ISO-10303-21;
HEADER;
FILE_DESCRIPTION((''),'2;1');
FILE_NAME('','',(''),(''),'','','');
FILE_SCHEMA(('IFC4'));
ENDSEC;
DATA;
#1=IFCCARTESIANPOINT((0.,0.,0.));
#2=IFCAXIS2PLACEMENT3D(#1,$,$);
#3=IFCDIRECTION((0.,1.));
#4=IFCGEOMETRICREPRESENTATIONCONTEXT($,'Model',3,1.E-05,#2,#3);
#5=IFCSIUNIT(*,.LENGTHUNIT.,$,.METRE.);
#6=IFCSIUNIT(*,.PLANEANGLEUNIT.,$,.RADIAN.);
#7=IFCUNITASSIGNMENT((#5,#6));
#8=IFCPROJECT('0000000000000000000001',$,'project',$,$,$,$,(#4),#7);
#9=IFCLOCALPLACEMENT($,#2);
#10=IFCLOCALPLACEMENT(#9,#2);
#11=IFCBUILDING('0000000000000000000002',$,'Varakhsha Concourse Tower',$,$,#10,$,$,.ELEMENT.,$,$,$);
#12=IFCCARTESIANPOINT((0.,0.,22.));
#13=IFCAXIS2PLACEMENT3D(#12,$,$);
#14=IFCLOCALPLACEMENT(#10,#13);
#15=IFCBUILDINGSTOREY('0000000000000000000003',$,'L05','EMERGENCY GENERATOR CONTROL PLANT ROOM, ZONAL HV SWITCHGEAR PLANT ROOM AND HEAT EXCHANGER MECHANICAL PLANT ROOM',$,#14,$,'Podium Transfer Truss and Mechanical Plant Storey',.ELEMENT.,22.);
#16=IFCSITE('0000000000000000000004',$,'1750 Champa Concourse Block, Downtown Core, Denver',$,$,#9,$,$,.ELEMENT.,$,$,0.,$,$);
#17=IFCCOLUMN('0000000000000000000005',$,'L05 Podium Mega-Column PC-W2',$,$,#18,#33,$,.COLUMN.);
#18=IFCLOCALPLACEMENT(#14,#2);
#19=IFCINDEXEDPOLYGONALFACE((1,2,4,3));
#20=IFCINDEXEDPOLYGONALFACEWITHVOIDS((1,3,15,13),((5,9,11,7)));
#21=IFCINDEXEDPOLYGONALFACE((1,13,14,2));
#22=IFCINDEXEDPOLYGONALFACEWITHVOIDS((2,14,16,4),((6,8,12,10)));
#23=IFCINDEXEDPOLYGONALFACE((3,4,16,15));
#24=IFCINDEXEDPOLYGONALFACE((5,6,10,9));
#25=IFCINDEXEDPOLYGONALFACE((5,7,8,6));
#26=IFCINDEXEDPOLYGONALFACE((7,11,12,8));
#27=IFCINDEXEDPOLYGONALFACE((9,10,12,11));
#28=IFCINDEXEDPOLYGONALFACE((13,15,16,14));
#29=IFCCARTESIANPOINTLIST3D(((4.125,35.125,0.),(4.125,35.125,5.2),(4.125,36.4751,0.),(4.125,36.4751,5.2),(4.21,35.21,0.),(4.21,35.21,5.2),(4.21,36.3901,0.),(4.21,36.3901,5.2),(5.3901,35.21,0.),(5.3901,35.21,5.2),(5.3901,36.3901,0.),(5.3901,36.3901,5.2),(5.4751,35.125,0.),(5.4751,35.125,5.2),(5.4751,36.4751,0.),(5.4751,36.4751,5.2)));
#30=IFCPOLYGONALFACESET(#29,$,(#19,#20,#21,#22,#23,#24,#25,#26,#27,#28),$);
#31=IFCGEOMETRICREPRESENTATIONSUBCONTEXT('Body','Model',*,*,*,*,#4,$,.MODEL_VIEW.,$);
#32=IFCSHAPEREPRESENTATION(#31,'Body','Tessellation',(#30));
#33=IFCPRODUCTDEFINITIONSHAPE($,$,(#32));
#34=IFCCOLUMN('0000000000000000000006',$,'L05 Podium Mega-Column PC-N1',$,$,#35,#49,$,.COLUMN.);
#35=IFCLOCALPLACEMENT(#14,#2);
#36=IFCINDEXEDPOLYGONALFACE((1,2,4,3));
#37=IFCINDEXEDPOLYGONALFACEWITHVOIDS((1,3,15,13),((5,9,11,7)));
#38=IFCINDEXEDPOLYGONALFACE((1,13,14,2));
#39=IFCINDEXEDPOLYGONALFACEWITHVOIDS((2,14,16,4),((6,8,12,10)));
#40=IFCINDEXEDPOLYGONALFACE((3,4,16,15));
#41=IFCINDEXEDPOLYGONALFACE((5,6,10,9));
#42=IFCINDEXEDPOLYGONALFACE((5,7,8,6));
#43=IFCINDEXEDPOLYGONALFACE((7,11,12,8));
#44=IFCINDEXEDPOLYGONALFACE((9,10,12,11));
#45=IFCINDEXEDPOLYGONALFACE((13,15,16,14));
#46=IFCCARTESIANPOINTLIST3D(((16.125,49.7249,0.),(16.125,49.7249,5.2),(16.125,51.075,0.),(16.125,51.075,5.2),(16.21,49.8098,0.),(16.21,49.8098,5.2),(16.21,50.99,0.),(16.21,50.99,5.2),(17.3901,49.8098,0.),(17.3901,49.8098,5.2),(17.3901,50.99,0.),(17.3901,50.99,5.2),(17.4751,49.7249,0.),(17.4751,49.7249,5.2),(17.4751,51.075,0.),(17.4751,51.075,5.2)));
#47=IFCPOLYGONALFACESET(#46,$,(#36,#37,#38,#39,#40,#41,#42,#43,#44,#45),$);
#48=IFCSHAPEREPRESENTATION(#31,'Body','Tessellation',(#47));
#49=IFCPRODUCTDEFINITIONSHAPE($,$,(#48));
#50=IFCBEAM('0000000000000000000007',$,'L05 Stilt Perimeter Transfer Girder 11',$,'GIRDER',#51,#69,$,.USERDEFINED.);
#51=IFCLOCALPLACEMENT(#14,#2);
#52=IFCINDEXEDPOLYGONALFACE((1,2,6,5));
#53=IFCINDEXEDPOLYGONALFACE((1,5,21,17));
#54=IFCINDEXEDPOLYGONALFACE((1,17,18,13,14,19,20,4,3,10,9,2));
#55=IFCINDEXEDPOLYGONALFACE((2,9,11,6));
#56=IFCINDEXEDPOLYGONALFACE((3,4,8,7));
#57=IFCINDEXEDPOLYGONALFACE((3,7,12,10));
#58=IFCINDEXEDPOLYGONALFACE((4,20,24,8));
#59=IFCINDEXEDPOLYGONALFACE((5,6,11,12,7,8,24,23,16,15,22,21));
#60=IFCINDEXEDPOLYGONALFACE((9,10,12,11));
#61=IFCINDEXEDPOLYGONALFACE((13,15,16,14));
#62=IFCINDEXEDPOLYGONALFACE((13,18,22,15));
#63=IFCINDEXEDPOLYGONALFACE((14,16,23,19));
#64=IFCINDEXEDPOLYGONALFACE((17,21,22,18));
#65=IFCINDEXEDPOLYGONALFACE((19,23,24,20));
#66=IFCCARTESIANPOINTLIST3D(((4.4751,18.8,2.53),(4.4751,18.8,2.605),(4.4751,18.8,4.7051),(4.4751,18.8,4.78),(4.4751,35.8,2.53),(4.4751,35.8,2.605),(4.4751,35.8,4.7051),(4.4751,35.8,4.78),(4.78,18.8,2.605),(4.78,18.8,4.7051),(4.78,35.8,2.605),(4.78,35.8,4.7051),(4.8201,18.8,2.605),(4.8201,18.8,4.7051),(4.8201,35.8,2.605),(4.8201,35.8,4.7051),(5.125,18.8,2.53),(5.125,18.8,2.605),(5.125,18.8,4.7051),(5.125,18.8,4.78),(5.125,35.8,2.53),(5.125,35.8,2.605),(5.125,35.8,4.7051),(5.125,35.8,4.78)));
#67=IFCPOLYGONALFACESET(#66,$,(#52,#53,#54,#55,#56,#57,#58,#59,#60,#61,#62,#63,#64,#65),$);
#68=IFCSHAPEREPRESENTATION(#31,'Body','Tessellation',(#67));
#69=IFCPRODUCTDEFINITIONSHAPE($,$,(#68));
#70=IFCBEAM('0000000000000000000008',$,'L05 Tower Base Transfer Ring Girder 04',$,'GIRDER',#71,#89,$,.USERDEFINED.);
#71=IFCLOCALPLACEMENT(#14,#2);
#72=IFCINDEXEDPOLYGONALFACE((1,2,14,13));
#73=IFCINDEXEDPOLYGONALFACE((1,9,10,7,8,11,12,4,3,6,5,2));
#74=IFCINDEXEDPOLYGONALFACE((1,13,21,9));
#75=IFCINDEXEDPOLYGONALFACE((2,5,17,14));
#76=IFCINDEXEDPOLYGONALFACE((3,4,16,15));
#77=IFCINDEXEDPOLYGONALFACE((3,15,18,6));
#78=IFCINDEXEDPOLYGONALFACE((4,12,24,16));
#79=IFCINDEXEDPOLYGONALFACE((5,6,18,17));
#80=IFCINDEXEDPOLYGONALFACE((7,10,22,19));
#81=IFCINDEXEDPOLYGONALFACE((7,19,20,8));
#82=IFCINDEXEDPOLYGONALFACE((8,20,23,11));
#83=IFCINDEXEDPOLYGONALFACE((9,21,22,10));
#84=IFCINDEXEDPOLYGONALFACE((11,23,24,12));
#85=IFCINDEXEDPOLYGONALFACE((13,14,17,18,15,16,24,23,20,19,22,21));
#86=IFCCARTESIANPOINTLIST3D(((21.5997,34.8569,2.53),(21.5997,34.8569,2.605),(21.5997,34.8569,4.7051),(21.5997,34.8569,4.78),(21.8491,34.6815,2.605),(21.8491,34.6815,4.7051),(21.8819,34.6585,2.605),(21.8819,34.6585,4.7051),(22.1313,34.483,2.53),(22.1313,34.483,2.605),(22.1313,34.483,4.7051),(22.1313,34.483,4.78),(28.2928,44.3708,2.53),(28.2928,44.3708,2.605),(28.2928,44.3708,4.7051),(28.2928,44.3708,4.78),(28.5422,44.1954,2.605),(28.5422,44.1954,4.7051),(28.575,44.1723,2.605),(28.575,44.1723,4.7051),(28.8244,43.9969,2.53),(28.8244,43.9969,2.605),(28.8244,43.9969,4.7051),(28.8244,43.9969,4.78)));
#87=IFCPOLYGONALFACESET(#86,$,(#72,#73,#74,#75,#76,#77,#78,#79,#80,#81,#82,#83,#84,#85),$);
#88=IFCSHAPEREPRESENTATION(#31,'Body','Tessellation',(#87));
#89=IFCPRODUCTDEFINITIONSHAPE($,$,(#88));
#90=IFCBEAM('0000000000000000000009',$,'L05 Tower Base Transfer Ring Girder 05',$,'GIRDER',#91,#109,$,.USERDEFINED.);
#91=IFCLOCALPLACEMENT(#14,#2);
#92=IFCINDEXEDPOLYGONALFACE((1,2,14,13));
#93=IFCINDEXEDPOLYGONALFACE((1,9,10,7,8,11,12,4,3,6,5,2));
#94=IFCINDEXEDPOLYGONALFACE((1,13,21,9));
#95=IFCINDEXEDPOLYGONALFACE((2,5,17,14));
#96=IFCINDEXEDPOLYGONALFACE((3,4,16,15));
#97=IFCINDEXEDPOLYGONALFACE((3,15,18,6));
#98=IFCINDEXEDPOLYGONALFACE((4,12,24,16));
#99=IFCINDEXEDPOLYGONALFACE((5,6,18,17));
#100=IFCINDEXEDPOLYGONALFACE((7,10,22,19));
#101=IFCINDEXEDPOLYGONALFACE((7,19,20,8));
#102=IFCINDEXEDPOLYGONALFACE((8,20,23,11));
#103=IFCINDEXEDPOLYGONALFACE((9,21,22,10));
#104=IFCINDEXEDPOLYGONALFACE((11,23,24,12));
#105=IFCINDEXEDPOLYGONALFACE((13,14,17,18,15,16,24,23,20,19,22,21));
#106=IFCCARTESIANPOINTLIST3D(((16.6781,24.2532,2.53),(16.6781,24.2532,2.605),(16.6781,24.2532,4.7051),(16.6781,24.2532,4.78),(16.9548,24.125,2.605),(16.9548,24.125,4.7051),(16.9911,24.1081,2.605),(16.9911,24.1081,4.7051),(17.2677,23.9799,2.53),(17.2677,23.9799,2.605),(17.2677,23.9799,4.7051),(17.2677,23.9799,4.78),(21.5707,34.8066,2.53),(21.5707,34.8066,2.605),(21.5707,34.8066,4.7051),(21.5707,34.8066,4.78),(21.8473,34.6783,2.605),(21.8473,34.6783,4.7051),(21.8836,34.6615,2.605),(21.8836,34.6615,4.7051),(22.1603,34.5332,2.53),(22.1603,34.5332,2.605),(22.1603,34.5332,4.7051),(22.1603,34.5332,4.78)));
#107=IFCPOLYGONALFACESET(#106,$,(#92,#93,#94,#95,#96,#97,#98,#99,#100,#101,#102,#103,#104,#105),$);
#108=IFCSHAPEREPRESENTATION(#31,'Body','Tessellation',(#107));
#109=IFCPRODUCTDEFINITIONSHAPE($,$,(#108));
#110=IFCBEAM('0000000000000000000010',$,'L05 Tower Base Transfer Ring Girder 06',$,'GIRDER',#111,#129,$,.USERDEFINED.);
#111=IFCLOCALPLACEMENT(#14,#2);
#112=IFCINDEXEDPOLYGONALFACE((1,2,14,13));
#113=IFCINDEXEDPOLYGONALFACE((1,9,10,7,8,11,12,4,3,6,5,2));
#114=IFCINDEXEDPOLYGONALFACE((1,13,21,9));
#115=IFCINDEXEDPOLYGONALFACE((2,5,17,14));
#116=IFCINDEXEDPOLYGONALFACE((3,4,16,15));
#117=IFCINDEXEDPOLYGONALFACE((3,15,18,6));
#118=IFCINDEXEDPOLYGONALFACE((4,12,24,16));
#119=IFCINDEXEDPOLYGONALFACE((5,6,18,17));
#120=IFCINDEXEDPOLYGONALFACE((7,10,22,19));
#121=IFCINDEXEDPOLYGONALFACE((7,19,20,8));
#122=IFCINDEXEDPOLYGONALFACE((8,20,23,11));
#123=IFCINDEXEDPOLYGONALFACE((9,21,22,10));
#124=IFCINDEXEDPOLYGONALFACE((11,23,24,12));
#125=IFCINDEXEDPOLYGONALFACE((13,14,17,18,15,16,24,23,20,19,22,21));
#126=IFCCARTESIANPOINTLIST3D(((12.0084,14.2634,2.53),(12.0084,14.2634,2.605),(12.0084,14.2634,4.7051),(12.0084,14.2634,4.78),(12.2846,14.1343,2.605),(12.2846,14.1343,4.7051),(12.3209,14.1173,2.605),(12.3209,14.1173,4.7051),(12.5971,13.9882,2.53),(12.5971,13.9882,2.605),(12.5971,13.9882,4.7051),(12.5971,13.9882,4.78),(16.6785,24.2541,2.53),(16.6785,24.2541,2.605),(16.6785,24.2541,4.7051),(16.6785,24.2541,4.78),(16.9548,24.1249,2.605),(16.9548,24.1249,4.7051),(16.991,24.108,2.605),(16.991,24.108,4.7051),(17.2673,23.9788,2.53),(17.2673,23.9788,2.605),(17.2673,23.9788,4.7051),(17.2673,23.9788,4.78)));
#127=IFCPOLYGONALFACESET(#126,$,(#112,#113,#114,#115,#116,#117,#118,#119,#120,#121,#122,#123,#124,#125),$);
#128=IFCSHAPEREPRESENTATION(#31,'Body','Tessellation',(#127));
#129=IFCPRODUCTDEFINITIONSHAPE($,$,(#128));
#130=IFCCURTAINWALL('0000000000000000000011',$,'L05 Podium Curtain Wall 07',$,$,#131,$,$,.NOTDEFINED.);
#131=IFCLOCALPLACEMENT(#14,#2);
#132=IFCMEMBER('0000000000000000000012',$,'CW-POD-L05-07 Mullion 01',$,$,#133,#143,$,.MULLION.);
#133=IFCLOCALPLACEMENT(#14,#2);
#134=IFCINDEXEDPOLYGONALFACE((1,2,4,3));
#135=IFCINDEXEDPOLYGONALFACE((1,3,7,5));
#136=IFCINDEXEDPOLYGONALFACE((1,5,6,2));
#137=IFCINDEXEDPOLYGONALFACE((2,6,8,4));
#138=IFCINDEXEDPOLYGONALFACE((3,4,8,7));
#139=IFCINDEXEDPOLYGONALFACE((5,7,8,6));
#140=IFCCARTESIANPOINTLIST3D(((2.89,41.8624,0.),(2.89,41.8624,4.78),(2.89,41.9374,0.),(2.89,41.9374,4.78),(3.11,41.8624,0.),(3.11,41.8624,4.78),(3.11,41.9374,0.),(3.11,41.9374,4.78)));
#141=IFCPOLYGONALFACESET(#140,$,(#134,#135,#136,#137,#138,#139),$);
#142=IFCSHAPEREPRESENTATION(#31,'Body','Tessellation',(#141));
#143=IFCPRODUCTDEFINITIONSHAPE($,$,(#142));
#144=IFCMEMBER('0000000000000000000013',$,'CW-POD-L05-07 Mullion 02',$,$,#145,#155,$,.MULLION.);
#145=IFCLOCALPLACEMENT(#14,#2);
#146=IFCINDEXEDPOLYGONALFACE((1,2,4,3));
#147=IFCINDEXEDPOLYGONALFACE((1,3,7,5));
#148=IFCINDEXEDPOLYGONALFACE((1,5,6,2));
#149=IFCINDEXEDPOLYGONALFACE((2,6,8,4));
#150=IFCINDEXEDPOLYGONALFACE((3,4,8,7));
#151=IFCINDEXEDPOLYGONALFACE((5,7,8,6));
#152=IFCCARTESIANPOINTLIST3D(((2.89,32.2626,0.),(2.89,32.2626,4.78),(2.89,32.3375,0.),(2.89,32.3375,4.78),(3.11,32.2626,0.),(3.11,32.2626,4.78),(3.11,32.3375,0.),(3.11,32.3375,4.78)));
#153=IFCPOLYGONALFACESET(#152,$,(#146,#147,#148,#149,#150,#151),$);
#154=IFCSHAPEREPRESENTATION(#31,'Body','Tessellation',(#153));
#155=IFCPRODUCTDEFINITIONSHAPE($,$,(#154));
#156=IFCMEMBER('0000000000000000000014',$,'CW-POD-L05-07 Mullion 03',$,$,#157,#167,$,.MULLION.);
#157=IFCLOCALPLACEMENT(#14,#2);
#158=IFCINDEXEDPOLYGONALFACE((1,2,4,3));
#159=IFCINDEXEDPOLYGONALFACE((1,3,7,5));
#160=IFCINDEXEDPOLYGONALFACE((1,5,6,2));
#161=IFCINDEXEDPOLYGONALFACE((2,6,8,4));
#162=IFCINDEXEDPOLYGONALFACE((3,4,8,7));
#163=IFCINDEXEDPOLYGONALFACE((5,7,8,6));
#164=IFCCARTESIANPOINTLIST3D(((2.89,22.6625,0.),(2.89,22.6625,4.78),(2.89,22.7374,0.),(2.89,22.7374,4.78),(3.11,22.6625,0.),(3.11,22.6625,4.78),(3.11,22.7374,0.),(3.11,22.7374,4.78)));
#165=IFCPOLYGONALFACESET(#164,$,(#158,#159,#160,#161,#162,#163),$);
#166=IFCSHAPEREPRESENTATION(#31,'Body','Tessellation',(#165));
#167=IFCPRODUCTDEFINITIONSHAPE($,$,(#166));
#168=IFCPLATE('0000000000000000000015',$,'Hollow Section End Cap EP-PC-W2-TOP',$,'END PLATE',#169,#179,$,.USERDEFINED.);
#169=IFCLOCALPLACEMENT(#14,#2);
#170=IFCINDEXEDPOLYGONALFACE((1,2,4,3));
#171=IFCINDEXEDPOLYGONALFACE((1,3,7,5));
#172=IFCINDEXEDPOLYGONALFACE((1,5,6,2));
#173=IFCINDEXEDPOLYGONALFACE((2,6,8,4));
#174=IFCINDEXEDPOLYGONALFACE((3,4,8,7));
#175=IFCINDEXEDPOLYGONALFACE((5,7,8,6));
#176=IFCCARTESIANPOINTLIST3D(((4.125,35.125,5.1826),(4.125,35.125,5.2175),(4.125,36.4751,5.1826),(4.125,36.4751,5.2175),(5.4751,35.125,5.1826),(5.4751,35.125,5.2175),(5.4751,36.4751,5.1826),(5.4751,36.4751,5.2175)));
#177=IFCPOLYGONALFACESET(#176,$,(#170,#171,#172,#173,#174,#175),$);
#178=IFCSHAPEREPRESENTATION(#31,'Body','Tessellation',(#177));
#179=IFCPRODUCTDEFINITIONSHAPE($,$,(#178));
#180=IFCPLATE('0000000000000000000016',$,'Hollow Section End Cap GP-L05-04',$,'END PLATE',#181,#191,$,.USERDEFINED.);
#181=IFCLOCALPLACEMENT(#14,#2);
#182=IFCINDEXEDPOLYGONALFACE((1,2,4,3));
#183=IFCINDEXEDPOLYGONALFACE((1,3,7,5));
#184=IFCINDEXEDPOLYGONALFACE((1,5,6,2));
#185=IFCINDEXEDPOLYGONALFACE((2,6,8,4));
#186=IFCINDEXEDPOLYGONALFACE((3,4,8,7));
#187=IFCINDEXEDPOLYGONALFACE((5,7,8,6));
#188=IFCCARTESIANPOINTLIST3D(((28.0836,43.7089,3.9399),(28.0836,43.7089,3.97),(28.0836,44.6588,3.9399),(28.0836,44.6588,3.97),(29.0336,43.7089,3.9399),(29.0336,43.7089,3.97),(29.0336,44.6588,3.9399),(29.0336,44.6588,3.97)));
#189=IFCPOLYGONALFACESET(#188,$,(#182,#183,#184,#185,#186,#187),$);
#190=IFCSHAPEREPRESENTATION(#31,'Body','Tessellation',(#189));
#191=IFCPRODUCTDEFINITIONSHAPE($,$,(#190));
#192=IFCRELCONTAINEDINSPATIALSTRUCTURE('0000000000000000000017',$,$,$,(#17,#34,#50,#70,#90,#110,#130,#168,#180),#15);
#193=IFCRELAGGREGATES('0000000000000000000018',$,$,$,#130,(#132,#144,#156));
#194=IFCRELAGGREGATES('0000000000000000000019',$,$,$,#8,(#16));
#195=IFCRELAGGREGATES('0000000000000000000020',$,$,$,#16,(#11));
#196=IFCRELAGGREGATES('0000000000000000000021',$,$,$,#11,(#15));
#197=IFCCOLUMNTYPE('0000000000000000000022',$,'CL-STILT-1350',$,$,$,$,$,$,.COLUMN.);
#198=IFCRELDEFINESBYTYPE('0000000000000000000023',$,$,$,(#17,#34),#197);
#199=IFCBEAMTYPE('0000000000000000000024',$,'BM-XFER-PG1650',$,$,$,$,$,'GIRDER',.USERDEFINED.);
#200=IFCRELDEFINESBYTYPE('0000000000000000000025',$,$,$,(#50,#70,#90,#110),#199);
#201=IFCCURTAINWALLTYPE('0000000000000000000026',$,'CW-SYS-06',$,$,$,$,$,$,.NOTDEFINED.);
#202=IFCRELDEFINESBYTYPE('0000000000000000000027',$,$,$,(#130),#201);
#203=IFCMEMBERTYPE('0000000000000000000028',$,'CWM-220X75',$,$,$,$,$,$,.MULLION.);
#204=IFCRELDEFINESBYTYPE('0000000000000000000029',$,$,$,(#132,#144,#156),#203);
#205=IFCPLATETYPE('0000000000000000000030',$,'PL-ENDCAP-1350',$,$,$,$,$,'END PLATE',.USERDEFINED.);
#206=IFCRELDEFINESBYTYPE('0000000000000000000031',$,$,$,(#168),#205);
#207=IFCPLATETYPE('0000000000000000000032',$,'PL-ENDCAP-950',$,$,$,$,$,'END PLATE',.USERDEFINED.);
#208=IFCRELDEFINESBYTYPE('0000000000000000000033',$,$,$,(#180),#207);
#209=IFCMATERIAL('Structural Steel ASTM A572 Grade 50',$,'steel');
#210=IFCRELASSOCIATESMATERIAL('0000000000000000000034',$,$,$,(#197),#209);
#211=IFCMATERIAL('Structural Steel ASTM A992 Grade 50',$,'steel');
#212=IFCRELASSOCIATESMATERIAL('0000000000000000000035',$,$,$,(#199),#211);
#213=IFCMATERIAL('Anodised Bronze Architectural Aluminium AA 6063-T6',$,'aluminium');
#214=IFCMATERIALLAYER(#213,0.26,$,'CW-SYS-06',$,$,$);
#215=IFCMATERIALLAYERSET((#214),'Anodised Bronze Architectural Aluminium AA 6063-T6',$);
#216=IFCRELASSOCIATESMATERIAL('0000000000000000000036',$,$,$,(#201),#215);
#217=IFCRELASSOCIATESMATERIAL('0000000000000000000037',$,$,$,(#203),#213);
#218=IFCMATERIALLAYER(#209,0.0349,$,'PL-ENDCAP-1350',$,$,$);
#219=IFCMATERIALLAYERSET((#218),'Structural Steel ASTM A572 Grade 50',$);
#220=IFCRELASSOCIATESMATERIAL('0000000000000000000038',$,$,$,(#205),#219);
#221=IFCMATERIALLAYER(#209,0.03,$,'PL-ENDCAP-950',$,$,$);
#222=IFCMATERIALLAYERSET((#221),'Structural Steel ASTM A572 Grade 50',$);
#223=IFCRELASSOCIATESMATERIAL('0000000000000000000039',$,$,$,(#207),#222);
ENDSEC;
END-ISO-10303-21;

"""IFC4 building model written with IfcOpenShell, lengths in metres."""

from ifc_helpers import new_model, si_unit, direction, frame, origin, origin_2d, place, context, subcontext, project, spatial, rectangle, hollow_rectangle, i_section, extrude, source, transform, mapped, material, layer, layer_set, material_profile, profile_set, type_object, type_shapes, element, aggregate, save


model = new_model("IFC4")

# Units and contexts
model_context = context("Model", 3, precision=1e-05, world=origin(), true_north=direction((0.0, 1.0)))
body_context = subcontext(model_context, "Body", "Model", "MODEL_VIEW")
ifc_project = project(units=[si_unit("LENGTHUNIT", "METRE"), si_unit("PLANEANGLEUNIT", "RADIAN")], contexts=[model_context])

# Site, building, storey
site_placement = place(None, origin())
site = spatial("IfcSite", under=ifc_project, at=site_placement, Name="1750 Champa Concourse Block, Downtown Core, Denver", CompositionType="ELEMENT", RefElevation=0.0)
building_placement = place(site_placement, origin())
building = spatial("IfcBuilding", under=site, at=building_placement, Name="Varakhsha Concourse Tower", CompositionType="ELEMENT")
storey_placement = place(building_placement, frame((0.0, 0.0, 22.0)))
storey = spatial("IfcBuildingStorey", under=building, at=storey_placement, Name="L05", Description="EMERGENCY GENERATOR CONTROL PLANT ROOM, ZONAL HV SWITCHGEAR PLANT ROOM AND HEAT EXCHANGER MECHANICAL PLANT ROOM", LongName="Podium Transfer Truss and Mechanical Plant Storey", CompositionType="ELEMENT", Elevation=22.0)

# Columns
ifc_material_1 = material(Name="Structural Steel ASTM A572 Grade 50", Category="steel")
ifc_material_profile_1 = material_profile(ifc_material_1, hollow_rectangle(XDim=1.3501, YDim=1.3501, WallThickness=0.085, at=origin_2d()), Name="BOX 1350x1350x85")
ifc_profile_set_1 = profile_set([ifc_material_profile_1], Name="Structural Steel ASTM A572 Grade 50")
column_type = type_object("IfcColumnType", Name="CL-STILT-1350", PredefinedType="COLUMN", material=ifc_profile_set_1)
for number, where, z_axis, x_axis, name in (
    (1, (4.8, 35.8, 0.0), (0.0, 0.0, 1.0), (1.0, 0.0, 0.0), "L05 Podium Mega-Column PC-W2"),
    (2, (16.8, 50.3999, 0.0), (0.0, 0.0, 1.0), (1.0, 0.0, 0.0), "L05 Podium Mega-Column PC-N1"),
):
    element("IfcColumn", number, at=place(storey_placement, frame(where, z_axis=z_axis, x_axis=x_axis)), inside=storey, type_object=column_type, Name=name, PredefinedType="COLUMN", context=body_context, shape_type="SweptSolid", body=[
        extrude(hollow_rectangle(XDim=1.3501, YDim=1.3501, WallThickness=0.085, at=origin_2d()), origin(), (0.0, 0.0, 1.0), 5.2),
    ])

# Beams
ifc_material_2 = material(Name="Structural Steel ASTM A992 Grade 50", Category="steel")
ifc_material_profile_2 = material_profile(ifc_material_2, i_section(OverallWidth=0.6499, OverallDepth=2.25, WebThickness=0.04, FlangeThickness=0.075, at=origin_2d()), Name="PG 2250x650x75x40")
ifc_profile_set_2 = profile_set([ifc_material_profile_2], Name="Structural Steel ASTM A992 Grade 50")
beam_type = type_object("IfcBeamType", Name="BM-XFER-PG1650", ElementType="GIRDER", PredefinedType="USERDEFINED", material=ifc_profile_set_2)
beam_1_placement = place(storey_placement, frame((4.8, 35.8, 3.655), z_axis=(0.0, -1.0, 0.0), x_axis=(1.0, 0.0, 0.0)))
element("IfcBeam", 3, at=beam_1_placement, inside=storey, type_object=beam_type, Name="L05 Stilt Perimeter Transfer Girder 11", ObjectType="GIRDER", PredefinedType="USERDEFINED", context=body_context, shape_type="SweptSolid", body=[
    extrude(i_section(OverallWidth=0.6499, OverallDepth=2.25, WebThickness=0.04, FlangeThickness=0.075, at=origin_2d()), origin(), (0.0, 0.0, 1.0), 17.0),
])
for number, where, z_axis, x_axis, name in (
    (4, (28.5586, 44.1838, 3.655), (-0.575386, -0.817882, 0.0), (0.817882, -0.575386, 0.0), "L05 Tower Base Transfer Ring Girder 04"),
    (5, (21.8655, 34.6699, 3.655), (-0.420599, -0.907247, 0.0), (0.907247, -0.420599, 0.0), "L05 Tower Base Transfer Ring Girder 05"),
):
    element("IfcBeam", number, at=place(storey_placement, frame(where, z_axis=z_axis, x_axis=x_axis)), inside=storey, type_object=beam_type, Name=name, ObjectType="GIRDER", PredefinedType="USERDEFINED", context=body_context, shape_type="SweptSolid", body=[
        extrude(i_section(OverallWidth=0.6499, OverallDepth=2.25, WebThickness=0.04, FlangeThickness=0.075, at=origin_2d()), origin(), (0.0, 0.0, 1.0), 11.6323),
    ])
beam_2_placement = place(storey_placement, frame((16.9729, 24.1165, 3.655), z_axis=(-0.423468, -0.905911, 0.0), x_axis=(0.905911, -0.423468, 0.0)))
element("IfcBeam", 6, at=beam_2_placement, inside=storey, type_object=beam_type, Name="L05 Tower Base Transfer Ring Girder 06", ObjectType="GIRDER", PredefinedType="USERDEFINED", context=body_context, shape_type="SweptSolid", body=[
    extrude(i_section(OverallWidth=0.6499, OverallDepth=2.25, WebThickness=0.04, FlangeThickness=0.075, at=origin_2d()), origin(), (0.0, 0.0, 1.0), 11.0283),
])

# Curtain wall, members
ifc_material_3 = material(Name="Anodised Bronze Architectural Aluminium AA 6063-T6", Category="aluminium")
ifc_layer_1 = layer(ifc_material_3, 0.26, Name="CW-SYS-06")
ifc_layer_set_1 = layer_set([ifc_layer_1], Name="Anodised Bronze Architectural Aluminium AA 6063-T6")
curtain_wall_type = type_object("IfcCurtainWallType", Name="CW-SYS-06", PredefinedType="NOTDEFINED", material=ifc_layer_set_1)
curtain_wall_placement = place(storey_placement, origin())
curtain_wall = element("IfcCurtainWall", 7, at=curtain_wall_placement, inside=storey, type_object=curtain_wall_type, Name="L05 Podium Curtain Wall 07", PredefinedType="NOTDEFINED")
ifc_material_profile_3 = material_profile(ifc_material_3, rectangle(XDim=0.075, YDim=0.22, at=origin_2d()), Name="CWM-220X75")
ifc_profile_set_3 = profile_set([ifc_material_profile_3], Name="Anodised Bronze Architectural Aluminium AA 6063-T6")
member_type = type_object("IfcMemberType", Name="CWM-220X75", PredefinedType="MULLION", material=ifc_profile_set_3)
shared_shape_1 = source(origin(), body_context, "Body", "SweptSolid", [
    extrude(rectangle(XDim=0.075, YDim=0.22, at=origin_2d()), origin(), (0.0, 0.0, 1.0), 4.78),
])
type_shapes(member_type, [shared_shape_1])
member_1_placement = place(storey_placement, frame((3.0, 41.8999, 0.0), z_axis=(0.0, 0.0, 1.0), x_axis=(0.0, -1.0, 0.0)))
member_1 = element("IfcMember", 8, at=member_1_placement, type_object=member_type, Name="CW-POD-L05-07 Mullion 01", PredefinedType="MULLION", context=body_context, shape_type="MappedRepresentation", body=[
    mapped(shared_shape_1, transform((0.0, 0.0, 0.0), scale=1.0)),
])
member_2_placement = place(storey_placement, frame((3.0, 32.3, 0.0), z_axis=(0.0, 0.0, 1.0), x_axis=(0.0, -1.0, 0.0)))
member_2 = element("IfcMember", 9, at=member_2_placement, type_object=member_type, Name="CW-POD-L05-07 Mullion 02", PredefinedType="MULLION", context=body_context, shape_type="MappedRepresentation", body=[
    mapped(shared_shape_1, transform((0.0, 0.0, 0.0), scale=1.0)),
])
member_3_placement = place(storey_placement, frame((3.0, 22.7, 0.0), z_axis=(0.0, 0.0, 1.0), x_axis=(0.0, -1.0, 0.0)))
member_3 = element("IfcMember", 10, at=member_3_placement, type_object=member_type, Name="CW-POD-L05-07 Mullion 03", PredefinedType="MULLION", context=body_context, shape_type="MappedRepresentation", body=[
    mapped(shared_shape_1, transform((0.0, 0.0, 0.0), scale=1.0)),
])

# Plates
ifc_layer_2 = layer(ifc_material_1, 0.0349, Name="PL-ENDCAP-1350")
ifc_layer_set_2 = layer_set([ifc_layer_2], Name="Structural Steel ASTM A572 Grade 50")
plate_type_1 = type_object("IfcPlateType", Name="PL-ENDCAP-1350", ElementType="END PLATE", PredefinedType="USERDEFINED", material=ifc_layer_set_2)
shared_shape_2 = source(origin(), body_context, "Body", "SweptSolid", [
    extrude(rectangle(XDim=1.3501, YDim=1.3501, at=origin_2d()), origin(), (0.0, 0.0, 1.0), 0.0349),
])
type_shapes(plate_type_1, [shared_shape_2])
plate_1_placement = place(storey_placement, frame((4.8, 35.8, 5.1826), z_axis=(0.0, 0.0, 1.0), x_axis=(1.0, 0.0, 0.0)))
element("IfcPlate", 11, at=plate_1_placement, inside=storey, type_object=plate_type_1, Name="Hollow Section End Cap EP-PC-W2-TOP", ObjectType="END PLATE", PredefinedType="USERDEFINED", context=body_context, shape_type="MappedRepresentation", body=[
    mapped(shared_shape_2, transform((0.0, 0.0, 0.0), scale=1.0)),
])
ifc_layer_3 = layer(ifc_material_1, 0.03, Name="PL-ENDCAP-950")
ifc_layer_set_3 = layer_set([ifc_layer_3], Name="Structural Steel ASTM A572 Grade 50")
plate_type_2 = type_object("IfcPlateType", Name="PL-ENDCAP-950", ElementType="END PLATE", PredefinedType="USERDEFINED", material=ifc_layer_set_3)
shared_shape_3 = source(origin(), body_context, "Body", "SweptSolid", [
    extrude(rectangle(XDim=0.95, YDim=0.95, at=origin_2d()), origin(), (0.0, 0.0, 1.0), 0.03),
])
type_shapes(plate_type_2, [shared_shape_3])
for number, where, z_axis, x_axis, name in (
    (12, (28.5586, 44.1838, 3.9399), (0.0, 0.0, 1.0), (1.0, 0.0, 0.0), "Hollow Section End Cap GP-L05-04"),
):
    element("IfcPlate", number, at=place(storey_placement, frame(where, z_axis=z_axis, x_axis=x_axis)), inside=storey, type_object=plate_type_2, Name=name, ObjectType="END PLATE", PredefinedType="USERDEFINED", context=body_context, shape_type="MappedRepresentation", body=[
        mapped(shared_shape_3, transform((0.0, 0.0, 0.0), scale=1.0)),
    ])

aggregate(curtain_wall, [member_1, member_2, member_3])

save(model, "model.ifc")
